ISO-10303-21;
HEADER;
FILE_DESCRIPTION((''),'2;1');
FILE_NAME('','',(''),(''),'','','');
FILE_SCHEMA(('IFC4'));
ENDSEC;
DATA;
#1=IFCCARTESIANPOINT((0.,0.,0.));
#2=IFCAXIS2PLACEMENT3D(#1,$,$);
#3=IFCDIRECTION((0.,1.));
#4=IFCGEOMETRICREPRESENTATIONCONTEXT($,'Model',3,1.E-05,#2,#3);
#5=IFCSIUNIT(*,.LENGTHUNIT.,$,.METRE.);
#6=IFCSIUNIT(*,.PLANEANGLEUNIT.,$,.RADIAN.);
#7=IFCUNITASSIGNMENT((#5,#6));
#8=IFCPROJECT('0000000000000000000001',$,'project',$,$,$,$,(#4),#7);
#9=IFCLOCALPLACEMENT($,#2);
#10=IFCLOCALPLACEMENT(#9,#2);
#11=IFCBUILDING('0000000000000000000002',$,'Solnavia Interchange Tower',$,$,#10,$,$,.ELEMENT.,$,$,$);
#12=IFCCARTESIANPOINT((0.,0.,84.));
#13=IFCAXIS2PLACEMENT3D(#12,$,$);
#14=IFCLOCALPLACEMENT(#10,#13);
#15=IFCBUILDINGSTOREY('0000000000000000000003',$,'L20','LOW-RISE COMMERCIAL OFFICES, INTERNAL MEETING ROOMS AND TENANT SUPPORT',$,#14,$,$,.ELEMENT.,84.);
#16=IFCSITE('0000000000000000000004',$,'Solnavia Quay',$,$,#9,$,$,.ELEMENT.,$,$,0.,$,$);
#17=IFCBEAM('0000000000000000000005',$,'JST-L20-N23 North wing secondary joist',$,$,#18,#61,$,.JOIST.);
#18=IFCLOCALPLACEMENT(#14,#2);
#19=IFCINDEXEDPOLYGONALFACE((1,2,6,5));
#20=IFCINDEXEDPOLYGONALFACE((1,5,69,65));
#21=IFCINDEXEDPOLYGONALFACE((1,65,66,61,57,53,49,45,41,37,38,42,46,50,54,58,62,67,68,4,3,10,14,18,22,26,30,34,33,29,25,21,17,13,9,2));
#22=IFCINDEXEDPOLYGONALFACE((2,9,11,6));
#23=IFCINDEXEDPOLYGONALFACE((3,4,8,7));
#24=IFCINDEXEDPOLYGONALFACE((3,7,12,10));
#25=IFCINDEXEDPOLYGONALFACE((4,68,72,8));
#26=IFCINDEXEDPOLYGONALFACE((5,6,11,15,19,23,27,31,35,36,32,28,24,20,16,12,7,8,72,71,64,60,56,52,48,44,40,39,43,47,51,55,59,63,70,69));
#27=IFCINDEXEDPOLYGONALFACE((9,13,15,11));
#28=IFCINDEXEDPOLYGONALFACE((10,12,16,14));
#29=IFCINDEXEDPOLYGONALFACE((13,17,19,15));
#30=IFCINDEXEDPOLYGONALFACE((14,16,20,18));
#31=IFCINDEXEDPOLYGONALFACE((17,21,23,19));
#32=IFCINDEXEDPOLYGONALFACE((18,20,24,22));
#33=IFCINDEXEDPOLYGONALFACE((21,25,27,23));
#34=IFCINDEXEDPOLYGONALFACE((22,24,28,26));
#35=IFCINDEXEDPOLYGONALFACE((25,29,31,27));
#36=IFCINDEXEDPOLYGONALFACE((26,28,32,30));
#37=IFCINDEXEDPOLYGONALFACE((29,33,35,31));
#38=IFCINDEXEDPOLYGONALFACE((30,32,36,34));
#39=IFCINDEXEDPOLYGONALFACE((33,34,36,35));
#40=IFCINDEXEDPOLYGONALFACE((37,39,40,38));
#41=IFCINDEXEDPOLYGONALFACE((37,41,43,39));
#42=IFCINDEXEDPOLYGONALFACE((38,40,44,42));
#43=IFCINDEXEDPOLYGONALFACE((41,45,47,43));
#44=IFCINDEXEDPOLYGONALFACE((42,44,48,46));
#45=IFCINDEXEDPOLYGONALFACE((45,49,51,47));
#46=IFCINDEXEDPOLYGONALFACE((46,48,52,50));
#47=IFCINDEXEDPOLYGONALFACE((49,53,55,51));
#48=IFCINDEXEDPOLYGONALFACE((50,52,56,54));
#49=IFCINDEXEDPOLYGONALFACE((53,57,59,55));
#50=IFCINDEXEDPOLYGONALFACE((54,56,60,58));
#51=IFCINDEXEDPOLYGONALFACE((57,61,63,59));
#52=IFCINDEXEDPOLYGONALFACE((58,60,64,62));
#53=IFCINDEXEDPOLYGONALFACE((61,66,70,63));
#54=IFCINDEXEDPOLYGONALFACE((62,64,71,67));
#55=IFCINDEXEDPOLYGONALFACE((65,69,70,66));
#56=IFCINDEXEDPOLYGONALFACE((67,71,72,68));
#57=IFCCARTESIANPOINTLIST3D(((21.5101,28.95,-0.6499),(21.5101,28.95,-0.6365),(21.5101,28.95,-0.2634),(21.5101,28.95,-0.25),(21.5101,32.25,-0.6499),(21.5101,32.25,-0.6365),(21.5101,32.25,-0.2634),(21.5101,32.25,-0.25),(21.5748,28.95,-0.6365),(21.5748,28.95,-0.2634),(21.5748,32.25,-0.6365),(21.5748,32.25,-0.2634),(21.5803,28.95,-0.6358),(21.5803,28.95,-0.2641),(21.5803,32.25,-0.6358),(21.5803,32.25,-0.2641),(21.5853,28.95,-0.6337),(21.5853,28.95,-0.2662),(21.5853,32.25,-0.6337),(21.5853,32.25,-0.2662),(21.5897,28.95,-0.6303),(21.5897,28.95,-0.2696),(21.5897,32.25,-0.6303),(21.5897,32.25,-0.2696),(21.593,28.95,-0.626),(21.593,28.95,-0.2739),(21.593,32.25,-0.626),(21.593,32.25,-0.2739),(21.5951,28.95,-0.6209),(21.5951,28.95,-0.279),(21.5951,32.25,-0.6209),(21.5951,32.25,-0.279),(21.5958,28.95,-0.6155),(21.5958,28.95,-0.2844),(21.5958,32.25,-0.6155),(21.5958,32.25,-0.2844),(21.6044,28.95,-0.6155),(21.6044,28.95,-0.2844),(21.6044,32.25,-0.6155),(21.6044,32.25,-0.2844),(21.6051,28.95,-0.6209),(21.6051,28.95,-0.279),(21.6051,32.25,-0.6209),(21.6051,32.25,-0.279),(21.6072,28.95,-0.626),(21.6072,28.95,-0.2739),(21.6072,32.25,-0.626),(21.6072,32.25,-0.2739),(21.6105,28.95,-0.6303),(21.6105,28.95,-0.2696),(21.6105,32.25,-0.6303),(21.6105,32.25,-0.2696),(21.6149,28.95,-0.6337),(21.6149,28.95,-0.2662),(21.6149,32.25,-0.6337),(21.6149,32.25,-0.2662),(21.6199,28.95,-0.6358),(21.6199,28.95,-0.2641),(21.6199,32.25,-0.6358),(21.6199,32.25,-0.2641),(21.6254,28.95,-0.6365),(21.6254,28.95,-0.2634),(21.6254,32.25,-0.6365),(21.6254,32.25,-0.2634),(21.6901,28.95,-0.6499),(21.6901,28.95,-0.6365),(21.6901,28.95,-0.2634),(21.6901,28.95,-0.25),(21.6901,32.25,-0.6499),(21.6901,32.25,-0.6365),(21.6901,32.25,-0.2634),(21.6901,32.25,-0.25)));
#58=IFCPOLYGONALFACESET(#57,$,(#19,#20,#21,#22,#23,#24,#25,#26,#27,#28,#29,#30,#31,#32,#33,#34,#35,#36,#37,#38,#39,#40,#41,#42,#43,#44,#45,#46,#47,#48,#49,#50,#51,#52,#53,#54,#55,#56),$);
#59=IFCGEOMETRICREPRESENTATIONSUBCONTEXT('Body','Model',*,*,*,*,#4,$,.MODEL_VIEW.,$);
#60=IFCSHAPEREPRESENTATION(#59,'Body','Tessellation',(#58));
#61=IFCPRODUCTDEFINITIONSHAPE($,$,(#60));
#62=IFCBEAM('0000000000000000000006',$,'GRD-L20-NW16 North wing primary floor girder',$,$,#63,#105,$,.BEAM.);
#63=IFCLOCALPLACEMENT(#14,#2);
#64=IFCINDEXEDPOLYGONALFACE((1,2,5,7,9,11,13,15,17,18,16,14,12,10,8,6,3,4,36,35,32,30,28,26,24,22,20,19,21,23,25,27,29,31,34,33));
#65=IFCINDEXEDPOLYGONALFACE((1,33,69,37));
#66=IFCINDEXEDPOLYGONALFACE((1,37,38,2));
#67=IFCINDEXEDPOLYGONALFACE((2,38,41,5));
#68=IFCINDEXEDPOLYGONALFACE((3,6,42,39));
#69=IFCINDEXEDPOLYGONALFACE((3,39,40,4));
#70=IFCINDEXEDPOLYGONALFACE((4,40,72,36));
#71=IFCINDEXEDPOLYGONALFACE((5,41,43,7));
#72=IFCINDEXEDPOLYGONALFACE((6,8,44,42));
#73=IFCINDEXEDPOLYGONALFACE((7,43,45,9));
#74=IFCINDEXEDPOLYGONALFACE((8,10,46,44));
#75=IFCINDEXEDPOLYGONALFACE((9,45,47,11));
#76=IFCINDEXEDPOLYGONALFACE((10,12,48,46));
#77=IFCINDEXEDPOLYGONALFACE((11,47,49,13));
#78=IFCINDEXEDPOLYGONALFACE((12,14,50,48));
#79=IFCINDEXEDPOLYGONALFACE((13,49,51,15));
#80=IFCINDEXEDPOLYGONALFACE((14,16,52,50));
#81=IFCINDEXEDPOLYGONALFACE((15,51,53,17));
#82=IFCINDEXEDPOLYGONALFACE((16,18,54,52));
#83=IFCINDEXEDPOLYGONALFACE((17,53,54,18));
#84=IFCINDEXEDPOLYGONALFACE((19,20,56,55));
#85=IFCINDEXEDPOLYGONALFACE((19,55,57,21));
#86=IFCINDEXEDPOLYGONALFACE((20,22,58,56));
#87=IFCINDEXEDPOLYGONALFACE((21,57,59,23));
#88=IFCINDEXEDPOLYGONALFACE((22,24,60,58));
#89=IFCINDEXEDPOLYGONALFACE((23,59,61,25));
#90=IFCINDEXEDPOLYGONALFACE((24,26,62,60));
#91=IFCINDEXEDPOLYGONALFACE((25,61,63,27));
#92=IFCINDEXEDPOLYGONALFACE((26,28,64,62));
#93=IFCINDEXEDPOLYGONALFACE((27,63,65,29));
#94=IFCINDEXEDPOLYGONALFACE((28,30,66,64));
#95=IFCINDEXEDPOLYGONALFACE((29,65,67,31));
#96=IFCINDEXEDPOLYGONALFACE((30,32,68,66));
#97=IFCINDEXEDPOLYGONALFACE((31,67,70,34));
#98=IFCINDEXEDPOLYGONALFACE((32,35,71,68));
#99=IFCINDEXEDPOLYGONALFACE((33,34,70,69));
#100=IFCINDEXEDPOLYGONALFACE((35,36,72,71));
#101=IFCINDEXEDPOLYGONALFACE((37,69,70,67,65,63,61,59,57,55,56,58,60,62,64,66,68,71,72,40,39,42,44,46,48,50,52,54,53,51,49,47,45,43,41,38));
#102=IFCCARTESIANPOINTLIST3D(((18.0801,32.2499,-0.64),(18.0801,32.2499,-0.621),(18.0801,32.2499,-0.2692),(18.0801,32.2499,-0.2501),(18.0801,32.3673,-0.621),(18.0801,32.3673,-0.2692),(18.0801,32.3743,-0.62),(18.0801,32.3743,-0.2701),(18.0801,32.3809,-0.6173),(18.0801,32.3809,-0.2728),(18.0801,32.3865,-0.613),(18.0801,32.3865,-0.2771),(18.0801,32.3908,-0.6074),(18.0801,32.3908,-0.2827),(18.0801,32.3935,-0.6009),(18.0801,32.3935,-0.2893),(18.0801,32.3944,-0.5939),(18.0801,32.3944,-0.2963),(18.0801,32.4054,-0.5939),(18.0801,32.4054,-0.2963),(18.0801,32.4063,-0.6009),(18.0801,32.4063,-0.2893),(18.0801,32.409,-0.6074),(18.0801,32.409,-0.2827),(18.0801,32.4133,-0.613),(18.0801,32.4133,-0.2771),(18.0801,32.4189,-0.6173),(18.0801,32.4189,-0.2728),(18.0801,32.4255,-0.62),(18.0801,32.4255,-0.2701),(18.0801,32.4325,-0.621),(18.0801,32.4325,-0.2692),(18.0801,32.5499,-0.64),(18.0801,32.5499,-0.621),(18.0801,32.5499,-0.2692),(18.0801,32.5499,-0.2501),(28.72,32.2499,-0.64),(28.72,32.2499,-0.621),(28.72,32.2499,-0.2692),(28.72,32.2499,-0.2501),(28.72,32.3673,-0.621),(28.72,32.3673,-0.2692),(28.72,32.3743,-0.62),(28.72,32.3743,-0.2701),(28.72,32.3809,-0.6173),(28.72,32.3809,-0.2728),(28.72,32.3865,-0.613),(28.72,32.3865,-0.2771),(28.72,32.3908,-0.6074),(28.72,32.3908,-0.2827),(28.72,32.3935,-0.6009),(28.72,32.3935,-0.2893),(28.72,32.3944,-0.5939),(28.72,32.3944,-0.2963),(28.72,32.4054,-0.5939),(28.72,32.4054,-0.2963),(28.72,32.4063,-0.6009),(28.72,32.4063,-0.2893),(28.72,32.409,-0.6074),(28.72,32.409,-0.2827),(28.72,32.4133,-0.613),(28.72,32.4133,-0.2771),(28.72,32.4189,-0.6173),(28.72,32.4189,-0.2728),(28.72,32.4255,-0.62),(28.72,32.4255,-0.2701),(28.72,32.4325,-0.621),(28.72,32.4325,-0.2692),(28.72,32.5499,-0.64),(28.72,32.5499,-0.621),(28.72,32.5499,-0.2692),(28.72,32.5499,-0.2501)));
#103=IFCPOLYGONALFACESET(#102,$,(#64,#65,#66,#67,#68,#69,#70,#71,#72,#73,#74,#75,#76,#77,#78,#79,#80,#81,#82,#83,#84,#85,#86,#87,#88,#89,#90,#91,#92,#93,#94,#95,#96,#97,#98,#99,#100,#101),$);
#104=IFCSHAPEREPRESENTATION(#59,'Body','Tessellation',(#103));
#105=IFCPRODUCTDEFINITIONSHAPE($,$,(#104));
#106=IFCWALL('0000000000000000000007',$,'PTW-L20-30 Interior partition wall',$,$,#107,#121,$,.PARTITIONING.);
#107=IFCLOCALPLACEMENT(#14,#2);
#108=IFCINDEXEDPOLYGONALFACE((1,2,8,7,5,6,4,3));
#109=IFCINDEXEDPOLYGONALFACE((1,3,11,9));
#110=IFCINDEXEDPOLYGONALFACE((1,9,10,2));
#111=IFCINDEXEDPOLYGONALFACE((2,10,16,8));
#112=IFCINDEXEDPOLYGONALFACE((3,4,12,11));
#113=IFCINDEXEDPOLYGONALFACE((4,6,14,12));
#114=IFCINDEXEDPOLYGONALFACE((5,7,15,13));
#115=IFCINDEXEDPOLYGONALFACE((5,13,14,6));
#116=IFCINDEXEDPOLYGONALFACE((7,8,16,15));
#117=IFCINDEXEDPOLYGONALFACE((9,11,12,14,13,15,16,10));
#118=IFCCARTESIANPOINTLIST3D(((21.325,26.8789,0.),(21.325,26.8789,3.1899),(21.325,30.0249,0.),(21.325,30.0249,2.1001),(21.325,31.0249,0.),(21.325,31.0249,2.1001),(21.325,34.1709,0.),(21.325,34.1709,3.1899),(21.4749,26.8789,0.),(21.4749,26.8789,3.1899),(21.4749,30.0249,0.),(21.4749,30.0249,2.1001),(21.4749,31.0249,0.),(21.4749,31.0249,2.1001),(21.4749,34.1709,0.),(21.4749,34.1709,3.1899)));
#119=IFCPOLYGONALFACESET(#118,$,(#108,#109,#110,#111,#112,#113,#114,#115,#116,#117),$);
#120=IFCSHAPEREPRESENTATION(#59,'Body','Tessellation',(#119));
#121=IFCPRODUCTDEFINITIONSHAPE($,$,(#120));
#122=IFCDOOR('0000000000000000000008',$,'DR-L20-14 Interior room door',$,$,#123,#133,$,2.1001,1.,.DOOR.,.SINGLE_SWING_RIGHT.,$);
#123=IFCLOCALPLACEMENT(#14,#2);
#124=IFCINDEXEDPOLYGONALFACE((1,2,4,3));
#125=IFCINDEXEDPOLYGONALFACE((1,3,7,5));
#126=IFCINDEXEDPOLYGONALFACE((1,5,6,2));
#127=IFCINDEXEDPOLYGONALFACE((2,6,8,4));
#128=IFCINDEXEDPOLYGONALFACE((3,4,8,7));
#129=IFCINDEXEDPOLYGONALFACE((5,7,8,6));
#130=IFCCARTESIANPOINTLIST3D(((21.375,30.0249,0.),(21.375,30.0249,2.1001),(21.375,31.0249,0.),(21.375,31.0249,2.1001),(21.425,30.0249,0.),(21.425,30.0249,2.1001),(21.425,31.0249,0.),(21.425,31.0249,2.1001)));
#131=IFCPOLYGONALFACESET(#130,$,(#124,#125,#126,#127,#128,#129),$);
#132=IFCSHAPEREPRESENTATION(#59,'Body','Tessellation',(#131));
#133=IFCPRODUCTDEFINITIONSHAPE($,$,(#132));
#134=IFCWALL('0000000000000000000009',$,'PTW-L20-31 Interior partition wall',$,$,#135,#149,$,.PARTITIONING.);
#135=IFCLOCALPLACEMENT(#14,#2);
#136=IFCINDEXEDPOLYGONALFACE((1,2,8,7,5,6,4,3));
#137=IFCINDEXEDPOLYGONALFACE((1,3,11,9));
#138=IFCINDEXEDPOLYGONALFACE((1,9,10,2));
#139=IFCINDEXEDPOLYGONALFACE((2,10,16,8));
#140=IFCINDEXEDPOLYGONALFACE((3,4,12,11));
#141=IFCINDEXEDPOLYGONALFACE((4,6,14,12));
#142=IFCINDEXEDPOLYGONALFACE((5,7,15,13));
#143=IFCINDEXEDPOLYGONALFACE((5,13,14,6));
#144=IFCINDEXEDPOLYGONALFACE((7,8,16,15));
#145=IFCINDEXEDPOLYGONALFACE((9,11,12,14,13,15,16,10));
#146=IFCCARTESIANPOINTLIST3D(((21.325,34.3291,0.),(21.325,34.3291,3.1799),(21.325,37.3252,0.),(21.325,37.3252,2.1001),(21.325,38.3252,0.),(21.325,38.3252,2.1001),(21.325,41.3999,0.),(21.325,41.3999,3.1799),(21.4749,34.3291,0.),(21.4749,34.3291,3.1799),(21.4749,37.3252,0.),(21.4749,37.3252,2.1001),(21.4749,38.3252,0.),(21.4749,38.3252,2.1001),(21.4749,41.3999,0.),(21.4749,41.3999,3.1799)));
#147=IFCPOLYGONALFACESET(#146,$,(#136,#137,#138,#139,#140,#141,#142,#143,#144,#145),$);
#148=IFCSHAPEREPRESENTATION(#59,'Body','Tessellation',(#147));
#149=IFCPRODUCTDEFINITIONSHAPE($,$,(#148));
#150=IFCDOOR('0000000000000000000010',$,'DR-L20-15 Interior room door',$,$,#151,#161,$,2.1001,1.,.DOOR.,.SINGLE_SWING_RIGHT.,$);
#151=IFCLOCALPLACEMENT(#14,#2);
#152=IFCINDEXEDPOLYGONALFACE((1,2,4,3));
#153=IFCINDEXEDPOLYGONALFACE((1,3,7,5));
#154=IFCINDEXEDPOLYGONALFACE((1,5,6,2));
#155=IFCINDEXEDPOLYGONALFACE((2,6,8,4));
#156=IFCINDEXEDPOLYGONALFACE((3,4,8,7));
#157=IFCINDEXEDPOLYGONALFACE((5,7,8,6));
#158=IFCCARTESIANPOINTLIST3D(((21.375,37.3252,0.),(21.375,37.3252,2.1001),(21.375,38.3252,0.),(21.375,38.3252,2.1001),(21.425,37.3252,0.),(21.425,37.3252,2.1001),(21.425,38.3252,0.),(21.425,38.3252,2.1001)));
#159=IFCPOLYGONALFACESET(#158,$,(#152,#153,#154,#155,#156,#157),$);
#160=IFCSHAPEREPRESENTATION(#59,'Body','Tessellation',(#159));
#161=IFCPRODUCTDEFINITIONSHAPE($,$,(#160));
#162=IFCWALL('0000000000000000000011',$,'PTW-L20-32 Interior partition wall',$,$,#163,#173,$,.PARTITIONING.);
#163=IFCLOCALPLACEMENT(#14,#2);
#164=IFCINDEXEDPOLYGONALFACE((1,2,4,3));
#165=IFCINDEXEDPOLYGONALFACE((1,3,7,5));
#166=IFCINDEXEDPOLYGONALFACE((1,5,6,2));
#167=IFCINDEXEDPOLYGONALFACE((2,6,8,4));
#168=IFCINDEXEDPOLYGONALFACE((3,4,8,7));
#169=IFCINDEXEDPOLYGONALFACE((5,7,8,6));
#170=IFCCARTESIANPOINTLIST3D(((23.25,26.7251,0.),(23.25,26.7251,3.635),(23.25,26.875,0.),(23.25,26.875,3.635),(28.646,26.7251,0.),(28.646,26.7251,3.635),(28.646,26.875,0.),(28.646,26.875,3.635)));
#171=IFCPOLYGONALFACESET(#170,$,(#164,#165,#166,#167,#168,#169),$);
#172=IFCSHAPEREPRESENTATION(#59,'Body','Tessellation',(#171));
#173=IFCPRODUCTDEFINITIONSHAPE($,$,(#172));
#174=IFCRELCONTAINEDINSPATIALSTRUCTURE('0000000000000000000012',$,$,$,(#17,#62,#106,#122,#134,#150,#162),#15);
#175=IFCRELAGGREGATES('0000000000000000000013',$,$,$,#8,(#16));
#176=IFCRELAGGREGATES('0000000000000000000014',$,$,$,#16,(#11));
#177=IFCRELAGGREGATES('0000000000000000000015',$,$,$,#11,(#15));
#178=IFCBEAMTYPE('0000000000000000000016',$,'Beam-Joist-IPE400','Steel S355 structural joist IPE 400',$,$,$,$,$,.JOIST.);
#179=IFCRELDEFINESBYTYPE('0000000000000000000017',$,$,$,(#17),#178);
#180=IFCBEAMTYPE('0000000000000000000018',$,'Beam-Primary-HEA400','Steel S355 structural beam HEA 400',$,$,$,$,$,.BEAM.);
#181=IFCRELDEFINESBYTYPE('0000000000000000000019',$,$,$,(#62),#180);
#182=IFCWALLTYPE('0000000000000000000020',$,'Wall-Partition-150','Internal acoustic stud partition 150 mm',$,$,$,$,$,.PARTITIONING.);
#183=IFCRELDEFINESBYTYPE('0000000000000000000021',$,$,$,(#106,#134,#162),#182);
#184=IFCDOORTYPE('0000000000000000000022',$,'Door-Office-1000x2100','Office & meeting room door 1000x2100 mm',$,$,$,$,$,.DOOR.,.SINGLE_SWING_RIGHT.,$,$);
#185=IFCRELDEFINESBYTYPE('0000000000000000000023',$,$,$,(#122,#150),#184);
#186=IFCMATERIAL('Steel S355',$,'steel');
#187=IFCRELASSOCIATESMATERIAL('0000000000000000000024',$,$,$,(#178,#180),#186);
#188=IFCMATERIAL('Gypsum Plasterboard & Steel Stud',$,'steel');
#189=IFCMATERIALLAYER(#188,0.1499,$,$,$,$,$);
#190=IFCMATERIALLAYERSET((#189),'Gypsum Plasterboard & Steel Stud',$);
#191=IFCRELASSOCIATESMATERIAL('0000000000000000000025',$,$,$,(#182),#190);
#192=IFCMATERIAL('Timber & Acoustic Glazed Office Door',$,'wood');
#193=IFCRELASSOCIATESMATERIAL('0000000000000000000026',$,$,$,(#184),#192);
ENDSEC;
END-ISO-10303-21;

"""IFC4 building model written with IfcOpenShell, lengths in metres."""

from ifc_helpers import new_model, si_unit, direction, frame, frame_2d, origin, origin_2d, place, context, subcontext, project, spatial, rectangle, i_section, extrude, material, layer, layer_set, material_profile, profile_set, type_object, element, fill, save


model = new_model("IFC4")

# Units and contexts
model_context = context("Model", 3, precision=1e-05, world=origin(), true_north=direction((0.0, 1.0)))
body_context = subcontext(model_context, "Body", "Model", "MODEL_VIEW")
ifc_project = project(units=[si_unit("LENGTHUNIT", "METRE"), si_unit("PLANEANGLEUNIT", "RADIAN")], contexts=[model_context])

# Site, building, storey
site_placement = place(None, origin())
site = spatial("IfcSite", under=ifc_project, at=site_placement, Name="Solnavia Quay", CompositionType="ELEMENT", RefElevation=0.0)
building_placement = place(site_placement, origin())
building = spatial("IfcBuilding", under=site, at=building_placement, Name="Solnavia Interchange Tower", CompositionType="ELEMENT")
storey_placement = place(building_placement, frame((0.0, 0.0, 84.0)))
storey = spatial("IfcBuildingStorey", under=building, at=storey_placement, Name="L20", Description="LOW-RISE COMMERCIAL OFFICES, INTERNAL MEETING ROOMS AND TENANT SUPPORT", CompositionType="ELEMENT", Elevation=84.0)

# Shared definitions
ifc_material_1 = material(Name="Steel S355", Category="steel")

# Beams
ifc_material_profile_1 = material_profile(ifc_material_1, i_section(OverallWidth=0.1799, OverallDepth=0.3999, WebThickness=0.0085, FlangeThickness=0.0134, FilletRadius=0.021, at=origin_2d()), Name="IPE 400")
ifc_profile_set_1 = profile_set([ifc_material_profile_1], Name="Steel S355")
beam_type_1 = type_object("IfcBeamType", Name="Beam-Joist-IPE400", Description="Steel S355 structural joist IPE 400", PredefinedType="JOIST", material=ifc_profile_set_1)
for number, where, z_axis, x_axis, name in (
    (1, (21.6001, 28.95, -0.45), (0.0, 1.0, 0.0), (-1.0, 0.0, 0.0), "JST-L20-N23 North wing secondary joist"),
):
    element("IfcBeam", number, at=place(storey_placement, frame(where, z_axis=z_axis, x_axis=x_axis)), inside=storey, type_object=beam_type_1, Name=name, PredefinedType="JOIST", context=body_context, shape_type="SweptSolid", body=[
        extrude(i_section(OverallWidth=0.1799, OverallDepth=0.3999, WebThickness=0.0085, FlangeThickness=0.0134, FilletRadius=0.021, at=origin_2d()), origin(), (0.0, 0.0, 1.0), 3.3),
    ])
ifc_material_profile_2 = material_profile(ifc_material_1, i_section(OverallWidth=0.3, OverallDepth=0.3899, WebThickness=0.011, FlangeThickness=0.019, FilletRadius=0.0271, at=origin_2d()), Name="HEA 400")
ifc_profile_set_2 = profile_set([ifc_material_profile_2], Name="Steel S355")
beam_type_2 = type_object("IfcBeamType", Name="Beam-Primary-HEA400", Description="Steel S355 structural beam HEA 400", PredefinedType="BEAM", material=ifc_profile_set_2)
beam_placement = place(storey_placement, frame((18.0801, 32.3999, -0.4451), z_axis=(1.0, 0.0, 0.0), x_axis=(0.0, 1.0, 0.0)))
element("IfcBeam", 2, at=beam_placement, inside=storey, type_object=beam_type_2, Name="GRD-L20-NW16 North wing primary floor girder", PredefinedType="BEAM", context=body_context, shape_type="SweptSolid", body=[
    extrude(i_section(OverallWidth=0.3, OverallDepth=0.3899, WebThickness=0.011, FlangeThickness=0.019, FilletRadius=0.0271, at=origin_2d()), origin(), (0.0, 0.0, 1.0), 10.6399),
])

# Walls, openings, doors
ifc_material_2 = material(Name="Gypsum Plasterboard & Steel Stud", Category="steel")
ifc_layer_1 = layer(ifc_material_2, 0.1499)
ifc_layer_set_1 = layer_set([ifc_layer_1], Name="Gypsum Plasterboard & Steel Stud")
wall_type_1 = type_object("IfcWallType", Name="Wall-Partition-150", Description="Internal acoustic stud partition 150 mm", PredefinedType="PARTITIONING", material=ifc_layer_set_1)
wall_1_placement = place(storey_placement, frame((21.3999, 26.8789, 0.0), z_axis=(0.0, 0.0, 1.0), x_axis=(0.0, 1.0, 0.0)))
wall_1 = element("IfcWall", 3, at=wall_1_placement, inside=storey, type_object=wall_type_1, Name="PTW-L20-30 Interior partition wall", PredefinedType="PARTITIONING", context=body_context, shape_type="SweptSolid", body=[
    extrude(rectangle(XDim=7.292, YDim=0.1499, at=frame_2d((3.646, 0.0))), origin(), (0.0, 0.0, 1.0), 3.1899),
])
opening_1_placement = place(wall_1_placement, frame((3.146, 0.0, 0.0)))
opening_1 = element("IfcOpeningElement", 4, at=opening_1_placement, cuts=wall_1, PredefinedType="OPENING", context=body_context, shape_type="SweptSolid", body=[
    extrude(rectangle(XDim=1.0, YDim=2.1001, at=frame_2d((0.5, 1.05))), frame((0.0, 0.085, 0.0), z_axis=(0.0, -1.0, 0.0), x_axis=(1.0, 0.0, 0.0)), (0.0, 0.0, 1.0), 0.1699),
])
ifc_material_3 = material(Name="Timber & Acoustic Glazed Office Door", Category="wood")
door_type = type_object("IfcDoorType", Name="Door-Office-1000x2100", Description="Office & meeting room door 1000x2100 mm", OperationType="SINGLE_SWING_RIGHT", PredefinedType="DOOR", material=ifc_material_3)
door_1_placement = place(opening_1_placement, origin())
door_1 = element("IfcDoor", 5, at=door_1_placement, inside=storey, type_object=door_type, Name="DR-L20-14 Interior room door", OperationType="SINGLE_SWING_RIGHT", OverallHeight=2.1001, OverallWidth=1.0, PredefinedType="DOOR", context=body_context, shape_type="SweptSolid", body=[
    extrude(rectangle(XDim=1.0, YDim=2.1001, at=frame_2d((0.5, 1.05))), frame((0.0, 0.0249, 0.0), z_axis=(0.0, -1.0, 0.0), x_axis=(1.0, 0.0, 0.0)), (0.0, 0.0, 1.0), 0.05),
])
fill(opening_1, door_1)
wall_2_placement = place(storey_placement, frame((21.3999, 34.3291, 0.0), z_axis=(0.0, 0.0, 1.0), x_axis=(0.0, 1.0, 0.0)))
wall_2 = element("IfcWall", 6, at=wall_2_placement, inside=storey, type_object=wall_type_1, Name="PTW-L20-31 Interior partition wall", PredefinedType="PARTITIONING", context=body_context, shape_type="SweptSolid", body=[
    extrude(rectangle(XDim=7.0708, YDim=0.1499, at=frame_2d((3.5354, 0.0))), origin(), (0.0, 0.0, 1.0), 3.1799),
])
opening_2_placement = place(wall_2_placement, frame((2.9961, 0.0, 0.0)))
opening_2 = element("IfcOpeningElement", 7, at=opening_2_placement, cuts=wall_2, PredefinedType="OPENING", context=body_context, shape_type="SweptSolid", body=[
    extrude(rectangle(XDim=1.0, YDim=2.1001, at=frame_2d((0.5, 1.05))), frame((0.0, 0.085, 0.0), z_axis=(0.0, -1.0, 0.0), x_axis=(1.0, 0.0, 0.0)), (0.0, 0.0, 1.0), 0.1699),
])
door_2_placement = place(opening_2_placement, origin())
door_2 = element("IfcDoor", 8, at=door_2_placement, inside=storey, type_object=door_type, Name="DR-L20-15 Interior room door", OperationType="SINGLE_SWING_RIGHT", OverallHeight=2.1001, OverallWidth=1.0, PredefinedType="DOOR", context=body_context, shape_type="SweptSolid", body=[
    extrude(rectangle(XDim=1.0, YDim=2.1001, at=frame_2d((0.5, 1.05))), frame((0.0, 0.0249, 0.0), z_axis=(0.0, -1.0, 0.0), x_axis=(1.0, 0.0, 0.0)), (0.0, 0.0, 1.0), 0.05),
])
fill(opening_2, door_2)

# Wall
wall_3_placement = place(storey_placement, frame((23.25, 26.8, 0.0), z_axis=(0.0, 0.0, 1.0), x_axis=(1.0, 0.0, 0.0)))
element("IfcWall", 9, at=wall_3_placement, inside=storey, type_object=wall_type_1, Name="PTW-L20-32 Interior partition wall", PredefinedType="PARTITIONING", context=body_context, shape_type="SweptSolid", body=[
    extrude(rectangle(XDim=5.396, YDim=0.1499, at=frame_2d((2.698, 0.0))), origin(), (0.0, 0.0, 1.0), 3.635),
])

save(model, "model.ifc")
